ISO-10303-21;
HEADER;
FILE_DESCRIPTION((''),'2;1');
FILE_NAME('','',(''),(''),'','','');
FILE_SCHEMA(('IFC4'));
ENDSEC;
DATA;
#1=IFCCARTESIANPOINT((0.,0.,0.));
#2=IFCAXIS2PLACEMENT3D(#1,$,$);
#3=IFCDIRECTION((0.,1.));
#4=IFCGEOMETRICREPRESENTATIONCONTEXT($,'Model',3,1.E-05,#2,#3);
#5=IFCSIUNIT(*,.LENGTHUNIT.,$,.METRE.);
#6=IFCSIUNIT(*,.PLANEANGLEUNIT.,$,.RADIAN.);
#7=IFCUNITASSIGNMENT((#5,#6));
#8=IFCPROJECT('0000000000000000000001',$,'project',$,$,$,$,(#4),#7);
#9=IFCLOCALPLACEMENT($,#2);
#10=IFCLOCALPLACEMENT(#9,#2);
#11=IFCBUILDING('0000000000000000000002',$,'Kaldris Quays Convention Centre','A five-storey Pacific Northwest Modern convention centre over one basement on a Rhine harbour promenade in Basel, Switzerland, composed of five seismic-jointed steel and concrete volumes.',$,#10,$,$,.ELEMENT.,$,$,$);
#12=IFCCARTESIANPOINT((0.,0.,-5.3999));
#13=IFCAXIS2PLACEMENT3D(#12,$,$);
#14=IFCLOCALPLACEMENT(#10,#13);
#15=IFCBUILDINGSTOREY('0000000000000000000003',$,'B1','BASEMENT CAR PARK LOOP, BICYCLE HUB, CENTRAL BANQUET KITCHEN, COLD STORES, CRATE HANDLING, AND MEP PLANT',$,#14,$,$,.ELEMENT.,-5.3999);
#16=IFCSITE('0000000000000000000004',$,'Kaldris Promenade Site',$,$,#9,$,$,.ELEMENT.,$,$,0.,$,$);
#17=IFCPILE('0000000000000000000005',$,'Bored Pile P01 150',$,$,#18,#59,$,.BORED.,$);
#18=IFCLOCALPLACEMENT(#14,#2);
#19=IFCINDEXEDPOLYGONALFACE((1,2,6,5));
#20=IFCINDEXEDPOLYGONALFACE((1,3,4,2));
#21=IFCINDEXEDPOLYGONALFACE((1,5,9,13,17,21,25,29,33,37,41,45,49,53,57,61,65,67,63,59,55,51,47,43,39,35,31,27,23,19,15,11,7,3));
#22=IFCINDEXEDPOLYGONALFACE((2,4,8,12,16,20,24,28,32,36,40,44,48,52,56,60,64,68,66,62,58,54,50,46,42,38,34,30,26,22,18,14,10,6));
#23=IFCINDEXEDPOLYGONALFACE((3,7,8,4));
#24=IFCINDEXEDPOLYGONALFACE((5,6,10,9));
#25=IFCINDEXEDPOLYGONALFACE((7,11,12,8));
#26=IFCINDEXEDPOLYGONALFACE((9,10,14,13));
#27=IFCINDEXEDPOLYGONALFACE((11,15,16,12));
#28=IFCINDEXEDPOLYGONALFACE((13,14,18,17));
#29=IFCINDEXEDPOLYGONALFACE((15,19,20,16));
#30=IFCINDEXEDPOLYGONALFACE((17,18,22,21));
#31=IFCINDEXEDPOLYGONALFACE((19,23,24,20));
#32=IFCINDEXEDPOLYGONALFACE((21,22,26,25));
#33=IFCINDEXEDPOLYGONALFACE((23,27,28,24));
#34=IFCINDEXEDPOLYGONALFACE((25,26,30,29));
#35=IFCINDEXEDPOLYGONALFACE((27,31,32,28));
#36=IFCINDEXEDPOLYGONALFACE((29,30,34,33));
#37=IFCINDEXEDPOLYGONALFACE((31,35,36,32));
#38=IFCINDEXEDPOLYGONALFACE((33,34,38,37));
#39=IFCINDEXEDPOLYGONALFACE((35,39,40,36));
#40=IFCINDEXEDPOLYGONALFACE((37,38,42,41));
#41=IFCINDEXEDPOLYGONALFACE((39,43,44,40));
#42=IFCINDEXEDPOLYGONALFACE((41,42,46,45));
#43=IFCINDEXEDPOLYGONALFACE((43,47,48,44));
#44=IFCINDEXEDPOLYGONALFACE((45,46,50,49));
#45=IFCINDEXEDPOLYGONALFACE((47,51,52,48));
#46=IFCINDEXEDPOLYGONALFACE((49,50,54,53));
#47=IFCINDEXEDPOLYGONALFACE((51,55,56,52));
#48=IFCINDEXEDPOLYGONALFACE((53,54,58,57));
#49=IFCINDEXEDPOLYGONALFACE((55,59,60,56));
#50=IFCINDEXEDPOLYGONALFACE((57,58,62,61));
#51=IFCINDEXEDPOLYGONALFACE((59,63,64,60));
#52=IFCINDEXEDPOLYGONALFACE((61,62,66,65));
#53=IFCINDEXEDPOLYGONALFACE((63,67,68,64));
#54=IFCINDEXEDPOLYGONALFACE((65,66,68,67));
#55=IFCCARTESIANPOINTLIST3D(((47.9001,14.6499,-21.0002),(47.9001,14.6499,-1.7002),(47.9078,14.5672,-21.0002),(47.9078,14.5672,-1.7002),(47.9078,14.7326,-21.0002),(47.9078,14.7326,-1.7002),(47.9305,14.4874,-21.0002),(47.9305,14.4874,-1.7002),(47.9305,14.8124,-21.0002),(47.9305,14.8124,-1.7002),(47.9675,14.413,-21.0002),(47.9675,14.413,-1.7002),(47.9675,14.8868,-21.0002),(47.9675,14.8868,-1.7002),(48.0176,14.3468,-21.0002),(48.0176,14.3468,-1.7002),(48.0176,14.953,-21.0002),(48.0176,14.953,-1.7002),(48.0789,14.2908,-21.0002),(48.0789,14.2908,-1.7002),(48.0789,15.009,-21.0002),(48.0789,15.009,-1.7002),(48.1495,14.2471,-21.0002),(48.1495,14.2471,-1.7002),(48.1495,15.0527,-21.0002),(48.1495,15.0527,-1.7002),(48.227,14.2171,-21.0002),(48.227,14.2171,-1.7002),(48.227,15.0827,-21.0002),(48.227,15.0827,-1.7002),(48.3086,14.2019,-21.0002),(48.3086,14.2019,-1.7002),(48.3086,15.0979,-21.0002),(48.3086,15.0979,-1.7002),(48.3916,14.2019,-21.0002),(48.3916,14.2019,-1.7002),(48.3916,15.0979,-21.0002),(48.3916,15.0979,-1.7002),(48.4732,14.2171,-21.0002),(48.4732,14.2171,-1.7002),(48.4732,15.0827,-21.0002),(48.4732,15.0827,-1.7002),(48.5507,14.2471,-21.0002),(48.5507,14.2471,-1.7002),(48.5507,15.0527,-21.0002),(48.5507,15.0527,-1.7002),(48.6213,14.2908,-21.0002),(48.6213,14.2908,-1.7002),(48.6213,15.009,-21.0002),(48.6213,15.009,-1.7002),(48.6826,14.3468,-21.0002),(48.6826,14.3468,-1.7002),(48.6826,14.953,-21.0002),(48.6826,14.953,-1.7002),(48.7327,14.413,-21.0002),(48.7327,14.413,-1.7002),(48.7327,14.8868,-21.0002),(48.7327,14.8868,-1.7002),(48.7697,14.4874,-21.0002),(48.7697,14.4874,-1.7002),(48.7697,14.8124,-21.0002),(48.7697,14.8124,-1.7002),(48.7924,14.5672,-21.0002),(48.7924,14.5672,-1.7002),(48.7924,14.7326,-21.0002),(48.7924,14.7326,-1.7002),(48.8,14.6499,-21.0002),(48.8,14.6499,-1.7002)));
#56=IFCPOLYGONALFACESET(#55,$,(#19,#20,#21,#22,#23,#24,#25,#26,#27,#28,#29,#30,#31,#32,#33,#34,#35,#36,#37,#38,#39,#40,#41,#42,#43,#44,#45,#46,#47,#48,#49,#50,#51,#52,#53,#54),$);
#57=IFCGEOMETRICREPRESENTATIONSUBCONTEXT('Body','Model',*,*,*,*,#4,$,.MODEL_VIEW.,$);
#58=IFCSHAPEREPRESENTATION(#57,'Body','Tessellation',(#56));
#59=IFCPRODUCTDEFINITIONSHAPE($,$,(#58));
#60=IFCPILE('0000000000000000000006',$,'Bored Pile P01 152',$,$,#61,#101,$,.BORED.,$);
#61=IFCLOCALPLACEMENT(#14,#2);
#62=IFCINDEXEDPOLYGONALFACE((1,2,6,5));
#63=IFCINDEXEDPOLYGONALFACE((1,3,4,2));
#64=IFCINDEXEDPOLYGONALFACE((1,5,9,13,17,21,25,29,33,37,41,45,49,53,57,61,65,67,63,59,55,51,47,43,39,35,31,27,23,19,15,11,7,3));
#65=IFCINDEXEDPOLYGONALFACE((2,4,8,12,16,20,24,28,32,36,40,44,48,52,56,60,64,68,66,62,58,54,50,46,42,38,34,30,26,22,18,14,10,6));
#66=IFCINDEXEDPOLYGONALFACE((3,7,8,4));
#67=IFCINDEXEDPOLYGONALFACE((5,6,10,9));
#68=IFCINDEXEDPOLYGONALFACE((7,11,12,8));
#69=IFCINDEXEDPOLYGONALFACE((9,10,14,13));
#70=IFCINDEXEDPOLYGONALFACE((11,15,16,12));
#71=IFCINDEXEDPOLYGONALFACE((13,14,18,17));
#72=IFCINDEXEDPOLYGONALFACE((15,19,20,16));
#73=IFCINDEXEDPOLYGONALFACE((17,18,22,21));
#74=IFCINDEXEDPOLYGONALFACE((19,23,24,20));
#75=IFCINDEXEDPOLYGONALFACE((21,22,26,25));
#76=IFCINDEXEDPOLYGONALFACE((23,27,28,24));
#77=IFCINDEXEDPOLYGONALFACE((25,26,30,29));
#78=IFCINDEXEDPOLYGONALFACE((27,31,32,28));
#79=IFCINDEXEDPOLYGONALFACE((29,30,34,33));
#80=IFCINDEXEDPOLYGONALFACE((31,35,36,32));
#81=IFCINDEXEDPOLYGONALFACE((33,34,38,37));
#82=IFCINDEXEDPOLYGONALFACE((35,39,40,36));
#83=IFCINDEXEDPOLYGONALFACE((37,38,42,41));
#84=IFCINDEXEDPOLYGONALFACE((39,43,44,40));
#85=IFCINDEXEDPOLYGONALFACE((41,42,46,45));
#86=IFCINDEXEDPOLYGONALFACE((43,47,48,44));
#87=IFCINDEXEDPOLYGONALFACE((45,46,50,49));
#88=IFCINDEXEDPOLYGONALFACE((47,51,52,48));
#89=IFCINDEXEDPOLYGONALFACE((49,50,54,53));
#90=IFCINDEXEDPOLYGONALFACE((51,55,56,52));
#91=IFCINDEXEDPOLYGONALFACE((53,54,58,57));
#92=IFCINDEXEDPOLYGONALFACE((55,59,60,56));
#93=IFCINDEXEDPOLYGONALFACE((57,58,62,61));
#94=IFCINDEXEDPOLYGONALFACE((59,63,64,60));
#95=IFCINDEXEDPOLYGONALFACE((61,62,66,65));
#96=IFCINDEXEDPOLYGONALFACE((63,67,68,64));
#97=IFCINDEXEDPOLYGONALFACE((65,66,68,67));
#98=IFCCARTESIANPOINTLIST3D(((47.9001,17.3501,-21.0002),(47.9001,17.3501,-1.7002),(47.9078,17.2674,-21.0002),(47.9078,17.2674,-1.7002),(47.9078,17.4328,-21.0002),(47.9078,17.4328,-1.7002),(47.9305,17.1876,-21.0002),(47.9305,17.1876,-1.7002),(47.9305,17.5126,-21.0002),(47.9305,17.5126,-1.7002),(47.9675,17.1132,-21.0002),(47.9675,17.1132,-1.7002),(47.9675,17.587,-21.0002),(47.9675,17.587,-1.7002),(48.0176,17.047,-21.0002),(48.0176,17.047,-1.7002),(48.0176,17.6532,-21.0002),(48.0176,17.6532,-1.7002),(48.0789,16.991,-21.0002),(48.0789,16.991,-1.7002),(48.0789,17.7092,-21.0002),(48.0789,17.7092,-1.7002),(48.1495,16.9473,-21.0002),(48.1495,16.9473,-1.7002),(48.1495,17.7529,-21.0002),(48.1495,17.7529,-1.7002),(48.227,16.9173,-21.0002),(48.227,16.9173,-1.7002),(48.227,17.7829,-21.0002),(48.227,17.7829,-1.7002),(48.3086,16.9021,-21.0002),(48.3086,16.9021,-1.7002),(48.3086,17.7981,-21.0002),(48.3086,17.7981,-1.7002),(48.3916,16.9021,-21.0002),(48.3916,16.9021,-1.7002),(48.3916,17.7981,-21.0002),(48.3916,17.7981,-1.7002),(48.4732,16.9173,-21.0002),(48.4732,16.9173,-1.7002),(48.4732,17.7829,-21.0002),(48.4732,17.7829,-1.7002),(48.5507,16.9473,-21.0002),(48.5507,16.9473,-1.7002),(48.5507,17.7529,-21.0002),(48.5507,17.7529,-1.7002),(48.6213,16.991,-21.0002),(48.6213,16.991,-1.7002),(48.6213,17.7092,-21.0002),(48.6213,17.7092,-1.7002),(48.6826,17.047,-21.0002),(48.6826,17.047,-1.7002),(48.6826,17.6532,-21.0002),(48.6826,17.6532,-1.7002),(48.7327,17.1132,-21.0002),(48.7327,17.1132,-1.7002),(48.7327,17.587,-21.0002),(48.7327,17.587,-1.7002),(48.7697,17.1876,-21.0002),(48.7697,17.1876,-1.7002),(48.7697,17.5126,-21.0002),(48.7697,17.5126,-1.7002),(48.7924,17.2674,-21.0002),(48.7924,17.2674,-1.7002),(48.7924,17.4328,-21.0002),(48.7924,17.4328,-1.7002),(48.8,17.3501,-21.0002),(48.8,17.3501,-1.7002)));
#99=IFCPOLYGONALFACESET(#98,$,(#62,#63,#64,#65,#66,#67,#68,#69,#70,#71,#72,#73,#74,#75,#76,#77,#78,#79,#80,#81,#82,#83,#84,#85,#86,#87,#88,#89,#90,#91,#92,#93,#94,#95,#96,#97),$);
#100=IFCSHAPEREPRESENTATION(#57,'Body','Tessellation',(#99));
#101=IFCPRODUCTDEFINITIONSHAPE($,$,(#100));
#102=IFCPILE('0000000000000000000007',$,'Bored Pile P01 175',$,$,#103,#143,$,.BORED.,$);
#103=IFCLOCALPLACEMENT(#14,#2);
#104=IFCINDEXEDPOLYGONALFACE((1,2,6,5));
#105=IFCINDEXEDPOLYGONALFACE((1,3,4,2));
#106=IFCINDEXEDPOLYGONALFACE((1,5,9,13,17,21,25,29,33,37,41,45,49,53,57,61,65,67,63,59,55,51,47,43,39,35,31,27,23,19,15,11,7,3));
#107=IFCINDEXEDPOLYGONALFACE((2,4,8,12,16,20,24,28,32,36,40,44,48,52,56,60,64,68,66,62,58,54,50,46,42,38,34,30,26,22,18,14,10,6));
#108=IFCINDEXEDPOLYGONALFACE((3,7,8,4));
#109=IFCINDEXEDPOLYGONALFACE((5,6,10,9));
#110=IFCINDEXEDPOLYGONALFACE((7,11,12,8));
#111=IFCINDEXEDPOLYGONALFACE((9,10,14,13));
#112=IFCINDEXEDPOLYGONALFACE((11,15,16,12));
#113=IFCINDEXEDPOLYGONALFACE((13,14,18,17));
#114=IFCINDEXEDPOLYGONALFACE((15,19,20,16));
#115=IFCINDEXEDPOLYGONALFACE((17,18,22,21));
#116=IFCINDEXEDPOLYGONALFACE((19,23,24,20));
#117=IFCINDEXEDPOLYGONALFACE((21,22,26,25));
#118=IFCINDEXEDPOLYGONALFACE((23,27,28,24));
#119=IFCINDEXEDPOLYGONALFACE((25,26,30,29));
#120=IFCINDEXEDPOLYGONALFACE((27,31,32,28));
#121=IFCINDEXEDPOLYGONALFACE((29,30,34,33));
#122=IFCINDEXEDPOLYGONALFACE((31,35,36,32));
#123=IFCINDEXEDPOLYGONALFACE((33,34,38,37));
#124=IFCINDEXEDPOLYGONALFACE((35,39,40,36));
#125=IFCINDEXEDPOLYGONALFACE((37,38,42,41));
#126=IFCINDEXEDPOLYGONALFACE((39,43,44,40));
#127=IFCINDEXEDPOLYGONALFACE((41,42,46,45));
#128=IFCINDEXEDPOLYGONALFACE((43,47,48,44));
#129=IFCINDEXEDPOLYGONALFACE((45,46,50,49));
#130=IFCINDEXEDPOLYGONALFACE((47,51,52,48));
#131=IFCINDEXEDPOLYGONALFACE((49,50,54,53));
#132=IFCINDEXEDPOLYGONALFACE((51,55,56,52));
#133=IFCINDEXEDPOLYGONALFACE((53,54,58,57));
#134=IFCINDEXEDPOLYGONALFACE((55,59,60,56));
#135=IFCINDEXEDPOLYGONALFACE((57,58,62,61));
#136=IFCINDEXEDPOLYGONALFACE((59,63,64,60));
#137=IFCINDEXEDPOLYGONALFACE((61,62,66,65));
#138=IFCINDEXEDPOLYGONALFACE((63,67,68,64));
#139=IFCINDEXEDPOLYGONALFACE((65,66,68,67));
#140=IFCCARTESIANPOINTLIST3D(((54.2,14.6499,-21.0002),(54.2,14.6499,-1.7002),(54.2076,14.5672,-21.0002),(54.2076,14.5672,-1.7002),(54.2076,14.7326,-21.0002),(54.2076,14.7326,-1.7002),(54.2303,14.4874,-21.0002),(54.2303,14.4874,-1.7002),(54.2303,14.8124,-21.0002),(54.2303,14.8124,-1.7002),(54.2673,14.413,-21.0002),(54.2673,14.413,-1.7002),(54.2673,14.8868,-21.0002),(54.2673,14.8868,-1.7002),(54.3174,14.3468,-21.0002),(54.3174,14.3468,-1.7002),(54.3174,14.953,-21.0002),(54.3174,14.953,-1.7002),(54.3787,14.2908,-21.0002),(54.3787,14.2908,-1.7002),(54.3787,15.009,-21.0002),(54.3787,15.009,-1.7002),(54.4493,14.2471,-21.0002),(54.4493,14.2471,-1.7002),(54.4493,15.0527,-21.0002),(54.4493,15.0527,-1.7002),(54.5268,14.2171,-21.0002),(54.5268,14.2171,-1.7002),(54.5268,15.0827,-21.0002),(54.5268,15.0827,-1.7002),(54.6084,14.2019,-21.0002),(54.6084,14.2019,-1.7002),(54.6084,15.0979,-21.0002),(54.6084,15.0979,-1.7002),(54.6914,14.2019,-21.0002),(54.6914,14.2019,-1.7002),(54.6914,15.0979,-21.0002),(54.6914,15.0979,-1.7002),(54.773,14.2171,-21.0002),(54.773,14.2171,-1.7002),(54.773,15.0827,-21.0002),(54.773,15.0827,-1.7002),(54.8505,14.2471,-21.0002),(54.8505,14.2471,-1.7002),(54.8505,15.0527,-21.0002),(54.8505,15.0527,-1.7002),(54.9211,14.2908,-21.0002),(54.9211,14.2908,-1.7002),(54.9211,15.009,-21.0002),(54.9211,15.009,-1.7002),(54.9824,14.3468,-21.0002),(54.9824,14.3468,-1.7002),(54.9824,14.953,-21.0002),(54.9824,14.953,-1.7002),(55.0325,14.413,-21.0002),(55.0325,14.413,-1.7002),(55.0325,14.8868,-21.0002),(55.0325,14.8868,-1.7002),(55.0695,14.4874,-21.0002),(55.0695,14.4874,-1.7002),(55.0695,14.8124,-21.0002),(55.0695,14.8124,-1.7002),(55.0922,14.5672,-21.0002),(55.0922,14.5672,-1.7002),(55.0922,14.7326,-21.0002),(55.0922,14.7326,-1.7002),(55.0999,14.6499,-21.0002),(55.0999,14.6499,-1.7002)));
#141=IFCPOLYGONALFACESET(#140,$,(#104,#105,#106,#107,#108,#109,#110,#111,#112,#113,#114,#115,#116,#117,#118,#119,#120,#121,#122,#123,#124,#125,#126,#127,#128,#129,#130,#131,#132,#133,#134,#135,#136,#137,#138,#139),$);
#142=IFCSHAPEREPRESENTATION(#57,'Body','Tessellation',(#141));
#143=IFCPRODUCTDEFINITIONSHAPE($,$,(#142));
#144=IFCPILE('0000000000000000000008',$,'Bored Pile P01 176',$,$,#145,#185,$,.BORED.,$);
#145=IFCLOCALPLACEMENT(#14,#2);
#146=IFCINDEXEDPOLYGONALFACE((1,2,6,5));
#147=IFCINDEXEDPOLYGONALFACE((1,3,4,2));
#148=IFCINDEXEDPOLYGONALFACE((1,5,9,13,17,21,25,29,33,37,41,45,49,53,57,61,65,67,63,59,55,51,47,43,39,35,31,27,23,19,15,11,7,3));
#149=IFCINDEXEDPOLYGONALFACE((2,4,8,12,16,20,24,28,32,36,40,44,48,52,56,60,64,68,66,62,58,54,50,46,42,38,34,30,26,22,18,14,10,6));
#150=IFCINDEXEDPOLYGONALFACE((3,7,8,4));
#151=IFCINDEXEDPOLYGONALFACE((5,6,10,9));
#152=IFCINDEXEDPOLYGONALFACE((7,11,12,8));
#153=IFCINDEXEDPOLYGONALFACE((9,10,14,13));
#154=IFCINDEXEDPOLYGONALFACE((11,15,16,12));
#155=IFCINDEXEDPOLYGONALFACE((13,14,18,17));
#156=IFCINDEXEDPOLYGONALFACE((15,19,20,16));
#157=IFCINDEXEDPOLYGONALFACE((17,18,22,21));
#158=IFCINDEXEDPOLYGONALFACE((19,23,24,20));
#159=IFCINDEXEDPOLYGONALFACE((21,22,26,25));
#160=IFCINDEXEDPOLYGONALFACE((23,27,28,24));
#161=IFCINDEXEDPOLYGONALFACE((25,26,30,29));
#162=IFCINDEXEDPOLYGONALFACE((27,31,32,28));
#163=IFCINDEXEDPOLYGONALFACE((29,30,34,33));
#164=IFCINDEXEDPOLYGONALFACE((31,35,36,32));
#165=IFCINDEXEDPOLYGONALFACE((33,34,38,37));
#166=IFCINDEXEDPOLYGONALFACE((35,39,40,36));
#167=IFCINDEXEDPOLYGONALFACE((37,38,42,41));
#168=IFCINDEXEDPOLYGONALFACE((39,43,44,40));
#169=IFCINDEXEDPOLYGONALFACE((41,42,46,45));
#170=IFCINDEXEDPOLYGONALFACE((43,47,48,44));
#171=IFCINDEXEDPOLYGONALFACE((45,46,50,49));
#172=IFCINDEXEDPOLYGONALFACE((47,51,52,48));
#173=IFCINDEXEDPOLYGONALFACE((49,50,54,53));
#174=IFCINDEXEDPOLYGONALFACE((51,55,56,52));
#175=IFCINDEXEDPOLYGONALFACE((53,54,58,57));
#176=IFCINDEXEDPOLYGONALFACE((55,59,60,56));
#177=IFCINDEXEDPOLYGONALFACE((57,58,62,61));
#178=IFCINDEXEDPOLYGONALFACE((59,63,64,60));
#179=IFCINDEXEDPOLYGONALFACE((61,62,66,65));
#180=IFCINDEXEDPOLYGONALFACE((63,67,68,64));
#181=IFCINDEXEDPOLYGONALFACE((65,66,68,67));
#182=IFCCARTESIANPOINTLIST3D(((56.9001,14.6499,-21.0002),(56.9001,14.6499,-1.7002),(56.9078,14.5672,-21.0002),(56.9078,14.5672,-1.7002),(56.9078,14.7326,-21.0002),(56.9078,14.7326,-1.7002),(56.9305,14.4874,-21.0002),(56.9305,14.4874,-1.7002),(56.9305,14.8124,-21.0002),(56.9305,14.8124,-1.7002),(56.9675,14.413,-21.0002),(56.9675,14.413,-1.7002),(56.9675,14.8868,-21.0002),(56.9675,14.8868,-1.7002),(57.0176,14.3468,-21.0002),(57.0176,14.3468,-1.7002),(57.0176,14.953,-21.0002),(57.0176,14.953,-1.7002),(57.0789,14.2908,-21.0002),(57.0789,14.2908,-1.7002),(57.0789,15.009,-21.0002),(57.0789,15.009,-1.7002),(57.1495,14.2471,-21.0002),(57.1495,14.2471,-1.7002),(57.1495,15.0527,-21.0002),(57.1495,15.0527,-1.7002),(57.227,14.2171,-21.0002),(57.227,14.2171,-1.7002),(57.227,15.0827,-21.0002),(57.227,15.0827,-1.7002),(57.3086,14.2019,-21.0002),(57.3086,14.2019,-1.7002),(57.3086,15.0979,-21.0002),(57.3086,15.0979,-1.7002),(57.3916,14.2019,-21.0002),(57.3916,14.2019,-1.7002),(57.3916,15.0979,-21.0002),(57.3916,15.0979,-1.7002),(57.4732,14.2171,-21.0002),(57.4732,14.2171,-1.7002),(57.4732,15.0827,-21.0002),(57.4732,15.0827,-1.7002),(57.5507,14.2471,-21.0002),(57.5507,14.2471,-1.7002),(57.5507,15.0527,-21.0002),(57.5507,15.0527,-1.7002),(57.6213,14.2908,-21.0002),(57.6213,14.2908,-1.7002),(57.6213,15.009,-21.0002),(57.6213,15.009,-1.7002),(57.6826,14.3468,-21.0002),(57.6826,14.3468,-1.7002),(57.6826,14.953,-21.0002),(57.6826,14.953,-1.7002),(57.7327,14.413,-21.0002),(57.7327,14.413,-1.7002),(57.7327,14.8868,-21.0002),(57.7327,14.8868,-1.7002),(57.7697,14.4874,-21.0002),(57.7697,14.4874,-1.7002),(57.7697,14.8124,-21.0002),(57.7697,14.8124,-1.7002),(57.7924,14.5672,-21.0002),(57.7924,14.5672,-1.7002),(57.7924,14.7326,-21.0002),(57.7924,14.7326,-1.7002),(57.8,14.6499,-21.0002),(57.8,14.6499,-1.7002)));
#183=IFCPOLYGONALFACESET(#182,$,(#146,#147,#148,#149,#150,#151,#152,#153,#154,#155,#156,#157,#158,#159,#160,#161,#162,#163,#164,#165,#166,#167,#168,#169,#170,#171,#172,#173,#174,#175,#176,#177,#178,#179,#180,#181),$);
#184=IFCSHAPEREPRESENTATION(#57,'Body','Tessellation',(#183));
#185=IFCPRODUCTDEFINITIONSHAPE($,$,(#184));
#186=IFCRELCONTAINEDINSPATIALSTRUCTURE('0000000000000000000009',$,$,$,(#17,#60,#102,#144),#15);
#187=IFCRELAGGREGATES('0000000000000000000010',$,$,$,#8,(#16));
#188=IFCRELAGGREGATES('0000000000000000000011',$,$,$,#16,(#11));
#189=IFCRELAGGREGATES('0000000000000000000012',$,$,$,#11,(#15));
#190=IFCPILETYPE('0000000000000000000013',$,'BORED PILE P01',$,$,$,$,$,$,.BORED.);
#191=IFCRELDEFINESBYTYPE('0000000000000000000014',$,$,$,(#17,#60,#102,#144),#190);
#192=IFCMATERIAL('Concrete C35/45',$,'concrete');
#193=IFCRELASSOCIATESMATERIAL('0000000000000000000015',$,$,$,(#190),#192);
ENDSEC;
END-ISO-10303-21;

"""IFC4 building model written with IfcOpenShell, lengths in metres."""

from ifc_helpers import new_model, si_unit, direction, frame, origin, origin_2d, place, context, subcontext, project, spatial, circle, extrude, material, material_profile, profile_set, type_object, element, save


model = new_model("IFC4")

# Units and contexts
model_context = context("Model", 3, precision=1e-05, world=origin(), true_north=direction((0.0, 1.0)))
body_context = subcontext(model_context, "Body", "Model", "MODEL_VIEW")
ifc_project = project(units=[si_unit("LENGTHUNIT", "METRE"), si_unit("PLANEANGLEUNIT", "RADIAN")], contexts=[model_context])

# Site, building, storey
site_placement = place(None, origin())
site = spatial("IfcSite", under=ifc_project, at=site_placement, Name="Kaldris Promenade Site", CompositionType="ELEMENT", RefElevation=0.0)
building_placement = place(site_placement, origin())
building = spatial("IfcBuilding", under=site, at=building_placement, Name="Kaldris Quays Convention Centre", Description="A five-storey Pacific Northwest Modern convention centre over one basement on a Rhine harbour promenade in Basel, Switzerland, composed of five seismic-jointed steel and concrete volumes.", CompositionType="ELEMENT")
storey_placement = place(building_placement, frame((0.0, 0.0, -5.3999)))
storey = spatial("IfcBuildingStorey", under=building, at=storey_placement, Name="B1", Description="BASEMENT CAR PARK LOOP, BICYCLE HUB, CENTRAL BANQUET KITCHEN, COLD STORES, CRATE HANDLING, AND MEP PLANT", CompositionType="ELEMENT", Elevation=-5.3999)

# Piles
ifc_material_1 = material(Name="Concrete C35/45", Category="concrete")
ifc_material_profile_1 = material_profile(ifc_material_1, circle(Radius=0.45, at=origin_2d()), Name="BORED PILE D900")
ifc_profile_set_1 = profile_set([ifc_material_profile_1], Name="Concrete C35/45")
pile_type = type_object("IfcPileType", Name="BORED PILE P01", PredefinedType="BORED", material=ifc_profile_set_1)
for number, where, z_axis, x_axis, name in (
    (1, (48.3501, 14.6499, -1.7002), (0.0, 0.0, -1.0), (1.0, 0.0, 0.0), "Bored Pile P01 150"),
    (2, (48.3501, 17.3501, -1.7002), (0.0, 0.0, -1.0), (1.0, 0.0, 0.0), "Bored Pile P01 152"),
    (3, (54.6499, 14.6499, -1.7002), (0.0, 0.0, -1.0), (1.0, 0.0, 0.0), "Bored Pile P01 175"),
    (4, (57.3501, 14.6499, -1.7002), (0.0, 0.0, -1.0), (1.0, 0.0, 0.0), "Bored Pile P01 176"),
):
    element("IfcPile", number, at=place(storey_placement, frame(where, z_axis=z_axis, x_axis=x_axis)), inside=storey, type_object=pile_type, Name=name, PredefinedType="BORED", context=body_context, shape_type="SweptSolid", body=[
        extrude(circle(Radius=0.45, at=origin_2d()), origin(), (0.0, 0.0, 1.0), 19.3),
    ])

save(model, "model.ifc")
